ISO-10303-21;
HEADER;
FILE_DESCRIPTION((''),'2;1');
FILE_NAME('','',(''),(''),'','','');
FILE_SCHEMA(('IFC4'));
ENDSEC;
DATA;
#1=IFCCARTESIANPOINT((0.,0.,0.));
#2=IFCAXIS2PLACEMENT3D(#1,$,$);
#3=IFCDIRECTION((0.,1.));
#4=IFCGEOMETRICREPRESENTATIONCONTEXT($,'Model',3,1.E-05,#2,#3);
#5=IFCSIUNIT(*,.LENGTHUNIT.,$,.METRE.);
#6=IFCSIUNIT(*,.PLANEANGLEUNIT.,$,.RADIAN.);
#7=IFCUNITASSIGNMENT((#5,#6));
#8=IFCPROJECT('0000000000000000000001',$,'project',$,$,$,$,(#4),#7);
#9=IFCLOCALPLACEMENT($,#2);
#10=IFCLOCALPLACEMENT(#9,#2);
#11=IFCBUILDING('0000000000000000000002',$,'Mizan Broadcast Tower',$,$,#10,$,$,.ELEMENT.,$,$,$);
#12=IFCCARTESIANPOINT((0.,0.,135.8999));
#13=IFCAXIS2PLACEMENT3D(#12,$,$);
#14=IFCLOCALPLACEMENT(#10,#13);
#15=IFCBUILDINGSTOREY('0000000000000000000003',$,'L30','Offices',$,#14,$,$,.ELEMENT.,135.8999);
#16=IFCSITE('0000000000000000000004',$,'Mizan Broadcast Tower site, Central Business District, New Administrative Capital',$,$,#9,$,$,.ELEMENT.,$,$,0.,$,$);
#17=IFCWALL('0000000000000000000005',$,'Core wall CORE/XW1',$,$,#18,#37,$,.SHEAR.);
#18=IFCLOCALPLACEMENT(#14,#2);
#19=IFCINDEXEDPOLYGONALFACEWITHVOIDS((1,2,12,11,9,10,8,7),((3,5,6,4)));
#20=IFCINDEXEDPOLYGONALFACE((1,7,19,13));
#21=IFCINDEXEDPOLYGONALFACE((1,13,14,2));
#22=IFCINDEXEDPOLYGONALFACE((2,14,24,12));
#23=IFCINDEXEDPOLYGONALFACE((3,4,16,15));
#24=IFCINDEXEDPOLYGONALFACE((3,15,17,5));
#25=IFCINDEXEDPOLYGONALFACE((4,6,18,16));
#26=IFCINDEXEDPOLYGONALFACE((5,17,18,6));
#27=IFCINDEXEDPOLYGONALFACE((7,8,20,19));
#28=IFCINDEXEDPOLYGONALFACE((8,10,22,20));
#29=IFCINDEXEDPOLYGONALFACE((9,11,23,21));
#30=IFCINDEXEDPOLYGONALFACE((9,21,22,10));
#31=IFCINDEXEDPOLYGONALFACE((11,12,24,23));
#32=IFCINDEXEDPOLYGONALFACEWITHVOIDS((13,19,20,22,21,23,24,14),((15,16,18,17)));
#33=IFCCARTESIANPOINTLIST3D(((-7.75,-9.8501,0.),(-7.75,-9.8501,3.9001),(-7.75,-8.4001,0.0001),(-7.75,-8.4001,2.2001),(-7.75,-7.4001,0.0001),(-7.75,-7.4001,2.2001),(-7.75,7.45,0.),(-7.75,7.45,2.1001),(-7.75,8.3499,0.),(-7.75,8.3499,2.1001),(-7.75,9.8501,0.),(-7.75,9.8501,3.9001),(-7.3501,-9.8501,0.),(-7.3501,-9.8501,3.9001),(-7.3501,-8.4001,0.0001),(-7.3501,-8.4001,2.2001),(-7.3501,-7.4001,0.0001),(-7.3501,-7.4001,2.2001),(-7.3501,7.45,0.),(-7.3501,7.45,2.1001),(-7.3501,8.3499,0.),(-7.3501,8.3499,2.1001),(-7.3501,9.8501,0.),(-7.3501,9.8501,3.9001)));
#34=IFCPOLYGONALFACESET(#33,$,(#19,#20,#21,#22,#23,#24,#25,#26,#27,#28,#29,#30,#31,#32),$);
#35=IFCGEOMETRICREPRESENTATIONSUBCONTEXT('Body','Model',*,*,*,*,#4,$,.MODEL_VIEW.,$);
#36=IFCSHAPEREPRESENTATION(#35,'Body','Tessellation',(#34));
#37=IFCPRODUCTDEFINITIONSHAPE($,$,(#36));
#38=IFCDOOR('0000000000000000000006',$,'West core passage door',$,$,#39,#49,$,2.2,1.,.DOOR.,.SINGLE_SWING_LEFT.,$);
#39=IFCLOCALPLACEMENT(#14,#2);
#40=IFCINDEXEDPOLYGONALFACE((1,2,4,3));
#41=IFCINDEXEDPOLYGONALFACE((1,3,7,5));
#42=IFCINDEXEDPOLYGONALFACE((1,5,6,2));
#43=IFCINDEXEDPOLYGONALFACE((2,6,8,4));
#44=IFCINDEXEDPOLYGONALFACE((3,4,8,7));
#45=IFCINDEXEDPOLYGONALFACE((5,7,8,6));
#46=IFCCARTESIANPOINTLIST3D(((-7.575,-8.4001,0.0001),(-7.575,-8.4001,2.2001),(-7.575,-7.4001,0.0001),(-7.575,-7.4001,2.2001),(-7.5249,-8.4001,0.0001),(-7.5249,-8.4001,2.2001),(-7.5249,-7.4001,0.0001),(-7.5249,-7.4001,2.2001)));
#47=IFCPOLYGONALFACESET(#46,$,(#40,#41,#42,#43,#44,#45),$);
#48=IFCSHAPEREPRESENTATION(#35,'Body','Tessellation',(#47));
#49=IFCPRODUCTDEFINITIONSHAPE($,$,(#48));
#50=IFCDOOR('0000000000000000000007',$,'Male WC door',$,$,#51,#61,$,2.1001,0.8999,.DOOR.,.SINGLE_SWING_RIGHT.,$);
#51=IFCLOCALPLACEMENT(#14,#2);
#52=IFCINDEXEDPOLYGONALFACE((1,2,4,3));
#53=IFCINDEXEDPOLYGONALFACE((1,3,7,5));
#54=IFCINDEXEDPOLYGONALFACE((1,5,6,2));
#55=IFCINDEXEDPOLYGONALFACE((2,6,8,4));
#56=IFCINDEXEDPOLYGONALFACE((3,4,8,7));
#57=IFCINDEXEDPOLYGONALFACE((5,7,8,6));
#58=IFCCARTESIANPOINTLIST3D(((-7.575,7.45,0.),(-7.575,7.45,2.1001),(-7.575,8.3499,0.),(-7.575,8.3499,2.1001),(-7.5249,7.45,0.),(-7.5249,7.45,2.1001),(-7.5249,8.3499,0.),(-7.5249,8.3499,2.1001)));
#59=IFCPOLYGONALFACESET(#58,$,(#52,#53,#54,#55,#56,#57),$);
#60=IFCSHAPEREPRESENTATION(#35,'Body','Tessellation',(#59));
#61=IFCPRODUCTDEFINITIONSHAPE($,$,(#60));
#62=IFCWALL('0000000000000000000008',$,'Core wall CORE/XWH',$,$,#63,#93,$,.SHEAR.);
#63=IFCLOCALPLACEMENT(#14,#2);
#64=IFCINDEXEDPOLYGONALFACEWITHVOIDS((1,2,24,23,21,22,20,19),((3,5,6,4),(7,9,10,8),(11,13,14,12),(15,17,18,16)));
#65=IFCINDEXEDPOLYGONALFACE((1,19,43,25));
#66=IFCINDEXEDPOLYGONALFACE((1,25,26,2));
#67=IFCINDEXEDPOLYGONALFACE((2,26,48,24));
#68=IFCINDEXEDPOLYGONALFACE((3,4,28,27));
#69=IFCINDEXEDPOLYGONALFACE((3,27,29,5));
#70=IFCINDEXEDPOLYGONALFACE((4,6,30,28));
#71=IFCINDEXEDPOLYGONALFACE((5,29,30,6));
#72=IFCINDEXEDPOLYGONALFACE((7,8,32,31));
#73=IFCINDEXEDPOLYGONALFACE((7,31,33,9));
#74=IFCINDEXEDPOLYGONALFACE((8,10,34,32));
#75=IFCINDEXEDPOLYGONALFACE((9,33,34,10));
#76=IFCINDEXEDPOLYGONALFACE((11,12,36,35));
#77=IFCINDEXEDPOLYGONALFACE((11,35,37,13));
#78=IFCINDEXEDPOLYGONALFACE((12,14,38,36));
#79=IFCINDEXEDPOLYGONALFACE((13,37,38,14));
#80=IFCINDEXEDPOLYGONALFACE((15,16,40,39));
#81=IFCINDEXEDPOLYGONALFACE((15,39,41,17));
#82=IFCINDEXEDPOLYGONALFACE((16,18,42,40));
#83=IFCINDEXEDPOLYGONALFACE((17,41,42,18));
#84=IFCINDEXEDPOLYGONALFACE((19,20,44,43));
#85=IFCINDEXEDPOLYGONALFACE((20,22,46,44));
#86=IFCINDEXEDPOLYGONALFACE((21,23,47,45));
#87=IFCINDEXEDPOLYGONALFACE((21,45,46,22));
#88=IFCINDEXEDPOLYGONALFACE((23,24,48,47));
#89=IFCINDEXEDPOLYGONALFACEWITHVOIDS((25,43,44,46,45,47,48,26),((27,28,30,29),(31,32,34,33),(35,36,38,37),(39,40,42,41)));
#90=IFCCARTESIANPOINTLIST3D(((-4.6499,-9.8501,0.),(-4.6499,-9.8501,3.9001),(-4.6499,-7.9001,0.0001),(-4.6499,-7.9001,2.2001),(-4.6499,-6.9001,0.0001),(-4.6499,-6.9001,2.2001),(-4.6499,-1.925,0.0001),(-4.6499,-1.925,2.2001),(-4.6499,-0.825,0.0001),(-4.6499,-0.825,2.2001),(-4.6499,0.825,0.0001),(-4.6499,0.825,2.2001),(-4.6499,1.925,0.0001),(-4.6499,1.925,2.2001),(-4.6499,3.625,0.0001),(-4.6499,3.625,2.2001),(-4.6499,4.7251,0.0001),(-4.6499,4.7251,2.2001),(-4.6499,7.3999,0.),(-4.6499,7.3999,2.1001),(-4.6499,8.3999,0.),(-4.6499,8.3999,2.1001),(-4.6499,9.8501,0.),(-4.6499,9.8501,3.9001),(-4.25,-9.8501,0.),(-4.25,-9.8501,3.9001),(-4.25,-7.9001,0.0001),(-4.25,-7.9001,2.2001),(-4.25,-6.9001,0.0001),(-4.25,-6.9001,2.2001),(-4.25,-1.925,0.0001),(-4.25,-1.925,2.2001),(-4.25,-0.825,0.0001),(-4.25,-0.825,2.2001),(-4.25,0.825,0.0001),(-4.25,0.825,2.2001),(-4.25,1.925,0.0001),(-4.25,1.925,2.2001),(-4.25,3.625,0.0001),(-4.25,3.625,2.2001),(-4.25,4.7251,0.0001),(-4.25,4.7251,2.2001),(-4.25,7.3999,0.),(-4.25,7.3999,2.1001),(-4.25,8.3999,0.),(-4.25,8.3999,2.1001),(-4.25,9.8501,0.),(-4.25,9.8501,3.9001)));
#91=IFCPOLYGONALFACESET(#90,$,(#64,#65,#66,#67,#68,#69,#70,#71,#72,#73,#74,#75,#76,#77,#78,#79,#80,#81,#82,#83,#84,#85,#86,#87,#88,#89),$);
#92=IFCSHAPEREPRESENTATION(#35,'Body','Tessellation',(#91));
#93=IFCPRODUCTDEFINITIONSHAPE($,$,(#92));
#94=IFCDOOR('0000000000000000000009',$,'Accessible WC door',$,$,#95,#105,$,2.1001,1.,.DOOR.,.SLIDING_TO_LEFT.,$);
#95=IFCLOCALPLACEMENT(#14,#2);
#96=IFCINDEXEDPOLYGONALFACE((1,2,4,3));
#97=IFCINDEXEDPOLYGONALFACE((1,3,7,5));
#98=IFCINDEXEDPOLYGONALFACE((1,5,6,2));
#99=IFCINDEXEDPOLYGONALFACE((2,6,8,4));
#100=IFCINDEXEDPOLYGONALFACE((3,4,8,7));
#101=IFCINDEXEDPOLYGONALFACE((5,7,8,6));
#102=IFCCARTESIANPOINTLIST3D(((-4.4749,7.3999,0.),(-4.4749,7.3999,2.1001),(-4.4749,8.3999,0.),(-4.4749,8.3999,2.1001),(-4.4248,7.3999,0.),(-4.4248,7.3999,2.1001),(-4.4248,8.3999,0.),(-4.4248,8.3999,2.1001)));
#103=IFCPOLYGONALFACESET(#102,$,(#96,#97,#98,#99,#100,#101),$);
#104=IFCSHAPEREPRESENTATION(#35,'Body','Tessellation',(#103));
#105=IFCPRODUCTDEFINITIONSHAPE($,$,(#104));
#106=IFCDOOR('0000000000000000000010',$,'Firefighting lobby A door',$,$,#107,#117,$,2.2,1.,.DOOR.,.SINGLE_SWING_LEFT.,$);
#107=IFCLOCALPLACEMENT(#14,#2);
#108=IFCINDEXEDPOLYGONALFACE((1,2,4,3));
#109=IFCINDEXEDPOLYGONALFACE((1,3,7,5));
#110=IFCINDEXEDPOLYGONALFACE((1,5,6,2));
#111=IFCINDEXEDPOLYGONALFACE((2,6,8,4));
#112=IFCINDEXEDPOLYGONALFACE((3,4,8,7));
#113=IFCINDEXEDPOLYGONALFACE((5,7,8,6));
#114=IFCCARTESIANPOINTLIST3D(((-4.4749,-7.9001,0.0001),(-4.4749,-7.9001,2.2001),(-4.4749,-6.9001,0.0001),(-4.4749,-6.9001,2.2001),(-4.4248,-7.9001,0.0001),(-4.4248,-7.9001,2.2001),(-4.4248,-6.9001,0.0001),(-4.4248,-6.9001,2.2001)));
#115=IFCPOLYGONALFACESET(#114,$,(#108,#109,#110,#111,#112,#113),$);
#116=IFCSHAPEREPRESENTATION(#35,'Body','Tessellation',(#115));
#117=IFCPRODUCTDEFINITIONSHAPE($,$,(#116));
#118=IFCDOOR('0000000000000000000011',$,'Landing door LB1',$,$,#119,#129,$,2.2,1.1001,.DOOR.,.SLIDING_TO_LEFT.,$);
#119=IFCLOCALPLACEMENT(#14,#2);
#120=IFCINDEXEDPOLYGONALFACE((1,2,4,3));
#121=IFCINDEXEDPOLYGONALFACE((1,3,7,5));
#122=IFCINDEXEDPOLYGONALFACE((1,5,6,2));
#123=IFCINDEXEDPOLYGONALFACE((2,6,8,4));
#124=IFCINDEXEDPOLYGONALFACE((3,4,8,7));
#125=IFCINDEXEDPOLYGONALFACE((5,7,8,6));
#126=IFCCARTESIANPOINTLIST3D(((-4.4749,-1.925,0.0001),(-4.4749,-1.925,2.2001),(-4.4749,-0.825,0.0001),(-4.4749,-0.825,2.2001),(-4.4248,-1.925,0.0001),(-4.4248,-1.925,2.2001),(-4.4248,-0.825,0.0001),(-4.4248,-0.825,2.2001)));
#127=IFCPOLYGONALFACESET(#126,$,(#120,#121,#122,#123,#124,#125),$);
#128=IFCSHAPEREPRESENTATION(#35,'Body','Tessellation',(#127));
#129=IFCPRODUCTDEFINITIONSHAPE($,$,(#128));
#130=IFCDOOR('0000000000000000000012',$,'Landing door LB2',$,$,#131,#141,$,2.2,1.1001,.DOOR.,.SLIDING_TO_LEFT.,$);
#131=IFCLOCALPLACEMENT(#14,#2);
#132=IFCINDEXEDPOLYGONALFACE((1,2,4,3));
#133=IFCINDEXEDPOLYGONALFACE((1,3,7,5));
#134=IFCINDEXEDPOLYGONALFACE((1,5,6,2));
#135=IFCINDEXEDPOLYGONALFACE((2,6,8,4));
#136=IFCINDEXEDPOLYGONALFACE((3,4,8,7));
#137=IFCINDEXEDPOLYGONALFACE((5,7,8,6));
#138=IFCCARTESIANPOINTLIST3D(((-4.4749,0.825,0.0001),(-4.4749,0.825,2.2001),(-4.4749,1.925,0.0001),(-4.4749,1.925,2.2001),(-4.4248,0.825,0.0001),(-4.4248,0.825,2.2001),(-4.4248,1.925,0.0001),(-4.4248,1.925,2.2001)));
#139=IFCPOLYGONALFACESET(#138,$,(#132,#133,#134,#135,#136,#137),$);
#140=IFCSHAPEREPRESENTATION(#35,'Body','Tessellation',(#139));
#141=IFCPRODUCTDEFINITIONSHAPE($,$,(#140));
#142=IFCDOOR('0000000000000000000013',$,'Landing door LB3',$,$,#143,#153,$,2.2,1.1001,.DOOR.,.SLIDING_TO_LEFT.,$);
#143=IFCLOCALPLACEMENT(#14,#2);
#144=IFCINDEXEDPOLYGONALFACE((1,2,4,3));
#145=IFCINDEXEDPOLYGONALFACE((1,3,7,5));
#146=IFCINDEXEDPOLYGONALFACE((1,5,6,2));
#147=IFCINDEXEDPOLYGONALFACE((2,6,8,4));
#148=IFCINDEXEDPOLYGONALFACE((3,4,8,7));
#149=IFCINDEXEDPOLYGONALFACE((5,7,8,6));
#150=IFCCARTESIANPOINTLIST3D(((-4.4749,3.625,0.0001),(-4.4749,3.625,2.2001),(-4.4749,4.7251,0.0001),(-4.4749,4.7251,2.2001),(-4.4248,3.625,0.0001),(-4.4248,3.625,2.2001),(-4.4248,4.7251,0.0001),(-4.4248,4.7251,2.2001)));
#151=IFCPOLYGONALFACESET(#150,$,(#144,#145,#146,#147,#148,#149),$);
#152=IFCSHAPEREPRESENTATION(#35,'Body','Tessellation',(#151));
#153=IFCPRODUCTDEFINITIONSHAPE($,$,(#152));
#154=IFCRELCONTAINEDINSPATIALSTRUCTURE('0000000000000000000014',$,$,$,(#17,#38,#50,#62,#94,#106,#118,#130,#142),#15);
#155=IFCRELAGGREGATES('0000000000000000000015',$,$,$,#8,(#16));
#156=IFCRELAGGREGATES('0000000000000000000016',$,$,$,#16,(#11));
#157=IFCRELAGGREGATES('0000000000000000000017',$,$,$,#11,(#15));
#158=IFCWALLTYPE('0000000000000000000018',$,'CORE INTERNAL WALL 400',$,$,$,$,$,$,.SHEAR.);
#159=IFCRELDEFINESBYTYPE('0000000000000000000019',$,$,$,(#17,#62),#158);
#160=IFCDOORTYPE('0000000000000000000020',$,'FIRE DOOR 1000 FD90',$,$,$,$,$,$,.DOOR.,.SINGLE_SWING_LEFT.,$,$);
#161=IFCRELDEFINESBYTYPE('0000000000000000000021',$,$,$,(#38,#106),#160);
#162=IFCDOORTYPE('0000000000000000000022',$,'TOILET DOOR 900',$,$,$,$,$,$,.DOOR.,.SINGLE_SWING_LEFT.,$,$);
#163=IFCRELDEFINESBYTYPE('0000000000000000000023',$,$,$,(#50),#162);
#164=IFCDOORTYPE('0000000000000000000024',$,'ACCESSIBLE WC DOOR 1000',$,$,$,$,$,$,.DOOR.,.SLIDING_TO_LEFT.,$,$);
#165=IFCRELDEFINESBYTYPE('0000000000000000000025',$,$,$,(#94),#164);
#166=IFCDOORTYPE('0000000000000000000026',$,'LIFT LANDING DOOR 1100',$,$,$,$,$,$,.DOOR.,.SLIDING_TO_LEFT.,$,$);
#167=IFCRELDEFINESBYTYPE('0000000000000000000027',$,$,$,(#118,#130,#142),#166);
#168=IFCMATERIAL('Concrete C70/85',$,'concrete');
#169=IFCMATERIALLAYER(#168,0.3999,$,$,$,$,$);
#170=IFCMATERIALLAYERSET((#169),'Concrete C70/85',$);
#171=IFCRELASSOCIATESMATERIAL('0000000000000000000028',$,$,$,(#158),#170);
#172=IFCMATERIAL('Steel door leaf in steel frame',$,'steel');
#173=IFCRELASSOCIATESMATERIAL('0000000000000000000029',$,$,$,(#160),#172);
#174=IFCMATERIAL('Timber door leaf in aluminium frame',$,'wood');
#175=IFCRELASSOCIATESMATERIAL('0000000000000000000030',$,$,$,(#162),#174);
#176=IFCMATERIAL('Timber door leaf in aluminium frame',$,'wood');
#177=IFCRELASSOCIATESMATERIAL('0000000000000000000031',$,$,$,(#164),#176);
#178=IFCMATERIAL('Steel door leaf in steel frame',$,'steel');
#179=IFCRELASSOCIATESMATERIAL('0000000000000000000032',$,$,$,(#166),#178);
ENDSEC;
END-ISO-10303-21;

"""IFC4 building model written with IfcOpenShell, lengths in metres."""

from ifc_helpers import new_model, si_unit, direction, frame, frame_2d, origin, place, context, subcontext, project, spatial, rectangle, extrude, material, layer, layer_set, type_object, element, fill, save


model = new_model("IFC4")

# Units and contexts
model_context = context("Model", 3, precision=1e-05, world=origin(), true_north=direction((0.0, 1.0)))
body_context = subcontext(model_context, "Body", "Model", "MODEL_VIEW")
ifc_project = project(units=[si_unit("LENGTHUNIT", "METRE"), si_unit("PLANEANGLEUNIT", "RADIAN")], contexts=[model_context])

# Site, building, storey
site_placement = place(None, origin())
site = spatial("IfcSite", under=ifc_project, at=site_placement, Name="Mizan Broadcast Tower site, Central Business District, New Administrative Capital", CompositionType="ELEMENT", RefElevation=0.0)
building_placement = place(site_placement, origin())
building = spatial("IfcBuilding", under=site, at=building_placement, Name="Mizan Broadcast Tower", CompositionType="ELEMENT")
storey_placement = place(building_placement, frame((0.0, 0.0, 135.8999)))
storey = spatial("IfcBuildingStorey", under=building, at=storey_placement, Name="L30", Description="Offices", CompositionType="ELEMENT", Elevation=135.8999)

# Walls, openings, doors
ifc_material_1 = material(Name="Concrete C70/85", Category="concrete")
ifc_layer_1 = layer(ifc_material_1, 0.3999)
ifc_layer_set_1 = layer_set([ifc_layer_1], Name="Concrete C70/85")
wall_type_1 = type_object("IfcWallType", Name="CORE INTERNAL WALL 400", PredefinedType="SHEAR", material=ifc_layer_set_1)
wall_1_placement = place(storey_placement, frame((-7.55, -9.8501, 0.0), z_axis=(0.0, 0.0, 1.0), x_axis=(0.0, 1.0, 0.0)))
wall_1 = element("IfcWall", 1, at=wall_1_placement, inside=storey, type_object=wall_type_1, Name="Core wall CORE/XW1", PredefinedType="SHEAR", context=body_context, shape_type="SweptSolid", body=[
    extrude(rectangle(XDim=19.7002, YDim=0.3999, at=frame_2d((9.8501, 0.0))), origin(), (0.0, 0.0, 1.0), 3.9001),
])
opening_1_placement = place(wall_1_placement, frame((1.45, 0.0, 0.0)))
opening_1 = element("IfcOpeningElement", 2, at=opening_1_placement, cuts=wall_1, PredefinedType="OPENING", context=body_context, shape_type="SweptSolid", body=[
    extrude(rectangle(XDim=1.0, YDim=2.2, at=frame_2d((0.5, 1.1001))), frame((0.0, 0.21, 0.0), z_axis=(0.0, -1.0, 0.0), x_axis=(1.0, 0.0, 0.0)), (0.0, 0.0, 1.0), 0.4199),
])
opening_2_placement = place(wall_1_placement, frame((17.3, 0.0, 0.0)))
opening_2 = element("IfcOpeningElement", 3, at=opening_2_placement, cuts=wall_1, PredefinedType="OPENING", context=body_context, shape_type="SweptSolid", body=[
    extrude(rectangle(XDim=0.8999, YDim=2.1001, at=frame_2d((0.45, 1.05))), frame((0.0, 0.21, 0.0), z_axis=(0.0, -1.0, 0.0), x_axis=(1.0, 0.0, 0.0)), (0.0, 0.0, 1.0), 0.4199),
])
ifc_material_2 = material(Name="Steel door leaf in steel frame", Category="steel")
door_type_1 = type_object("IfcDoorType", Name="FIRE DOOR 1000 FD90", OperationType="SINGLE_SWING_LEFT", PredefinedType="DOOR", material=ifc_material_2)
door_1_placement = place(opening_1_placement, origin())
door_1 = element("IfcDoor", 4, at=door_1_placement, inside=storey, type_object=door_type_1, Name="West core passage door", OperationType="SINGLE_SWING_LEFT", OverallHeight=2.2, OverallWidth=1.0, PredefinedType="DOOR", context=body_context, shape_type="SweptSolid", body=[
    extrude(rectangle(XDim=1.0, YDim=2.2, at=frame_2d((0.5, 1.1001))), frame((0.0, 0.0249, 0.0), z_axis=(0.0, -1.0, 0.0), x_axis=(1.0, 0.0, 0.0)), (0.0, 0.0, 1.0), 0.05),
])
fill(opening_1, door_1)
ifc_material_3 = material(Name="Timber door leaf in aluminium frame", Category="wood")
door_type_2 = type_object("IfcDoorType", Name="TOILET DOOR 900", OperationType="SINGLE_SWING_LEFT", PredefinedType="DOOR", material=ifc_material_3)
door_2_placement = place(opening_2_placement, origin())
door_2 = element("IfcDoor", 5, at=door_2_placement, inside=storey, type_object=door_type_2, Name="Male WC door", OperationType="SINGLE_SWING_RIGHT", OverallHeight=2.1001, OverallWidth=0.8999, PredefinedType="DOOR", context=body_context, shape_type="SweptSolid", body=[
    extrude(rectangle(XDim=0.8999, YDim=2.1001, at=frame_2d((0.45, 1.05))), frame((0.0, 0.0249, 0.0), z_axis=(0.0, -1.0, 0.0), x_axis=(1.0, 0.0, 0.0)), (0.0, 0.0, 1.0), 0.05),
])
fill(opening_2, door_2)
wall_2_placement = place(storey_placement, frame((-4.45, -9.8501, 0.0), z_axis=(0.0, 0.0, 1.0), x_axis=(0.0, 1.0, 0.0)))
wall_2 = element("IfcWall", 6, at=wall_2_placement, inside=storey, type_object=wall_type_1, Name="Core wall CORE/XWH", PredefinedType="SHEAR", context=body_context, shape_type="SweptSolid", body=[
    extrude(rectangle(XDim=19.7002, YDim=0.3999, at=frame_2d((9.8501, 0.0))), origin(), (0.0, 0.0, 1.0), 3.9001),
])
opening_3_placement = place(wall_2_placement, frame((1.95, 0.0, 0.0)))
opening_3 = element("IfcOpeningElement", 7, at=opening_3_placement, cuts=wall_2, PredefinedType="OPENING", context=body_context, shape_type="SweptSolid", body=[
    extrude(rectangle(XDim=1.0, YDim=2.2, at=frame_2d((0.5, 1.1001))), frame((0.0, 0.21, 0.0), z_axis=(0.0, -1.0, 0.0), x_axis=(1.0, 0.0, 0.0)), (0.0, 0.0, 1.0), 0.4199),
])
opening_4_placement = place(wall_2_placement, frame((17.25, 0.0, 0.0)))
opening_4 = element("IfcOpeningElement", 8, at=opening_4_placement, cuts=wall_2, PredefinedType="OPENING", context=body_context, shape_type="SweptSolid", body=[
    extrude(rectangle(XDim=1.0, YDim=2.1001, at=frame_2d((0.5, 1.05))), frame((0.0, 0.21, 0.0), z_axis=(0.0, -1.0, 0.0), x_axis=(1.0, 0.0, 0.0)), (0.0, 0.0, 1.0), 0.4199),
])
opening_5_placement = place(wall_2_placement, frame((7.925, 0.0, 0.0)))
opening_5 = element("IfcOpeningElement", 9, at=opening_5_placement, cuts=wall_2, PredefinedType="OPENING", context=body_context, shape_type="SweptSolid", body=[
    extrude(rectangle(XDim=1.1001, YDim=2.2, at=frame_2d((0.55, 1.1001))), frame((0.0, 0.21, 0.0), z_axis=(0.0, -1.0, 0.0), x_axis=(1.0, 0.0, 0.0)), (0.0, 0.0, 1.0), 0.4199),
])
opening_6_placement = place(wall_2_placement, frame((10.675, 0.0, 0.0)))
opening_6 = element("IfcOpeningElement", 10, at=opening_6_placement, cuts=wall_2, PredefinedType="OPENING", context=body_context, shape_type="SweptSolid", body=[
    extrude(rectangle(XDim=1.1001, YDim=2.2, at=frame_2d((0.55, 1.1001))), frame((0.0, 0.21, 0.0), z_axis=(0.0, -1.0, 0.0), x_axis=(1.0, 0.0, 0.0)), (0.0, 0.0, 1.0), 0.4199),
])
opening_7_placement = place(wall_2_placement, frame((13.4751, 0.0, 0.0)))
opening_7 = element("IfcOpeningElement", 11, at=opening_7_placement, cuts=wall_2, PredefinedType="OPENING", context=body_context, shape_type="SweptSolid", body=[
    extrude(rectangle(XDim=1.1001, YDim=2.2, at=frame_2d((0.55, 1.1001))), frame((0.0, 0.21, 0.0), z_axis=(0.0, -1.0, 0.0), x_axis=(1.0, 0.0, 0.0)), (0.0, 0.0, 1.0), 0.4199),
])
ifc_material_4 = material(Name="Timber door leaf in aluminium frame", Category="wood")
door_type_3 = type_object("IfcDoorType", Name="ACCESSIBLE WC DOOR 1000", OperationType="SLIDING_TO_LEFT", PredefinedType="DOOR", material=ifc_material_4)
door_3_placement = place(opening_4_placement, origin())
door_3 = element("IfcDoor", 12, at=door_3_placement, inside=storey, type_object=door_type_3, Name="Accessible WC door", OperationType="SLIDING_TO_LEFT", OverallHeight=2.1001, OverallWidth=1.0, PredefinedType="DOOR", context=body_context, shape_type="SweptSolid", body=[
    extrude(rectangle(XDim=1.0, YDim=2.1001, at=frame_2d((0.5, 1.05))), frame((0.0, 0.0249, 0.0), z_axis=(0.0, -1.0, 0.0), x_axis=(1.0, 0.0, 0.0)), (0.0, 0.0, 1.0), 0.05),
])
fill(opening_4, door_3)
door_4_placement = place(opening_3_placement, origin())
door_4 = element("IfcDoor", 13, at=door_4_placement, inside=storey, type_object=door_type_1, Name="Firefighting lobby A door", OperationType="SINGLE_SWING_LEFT", OverallHeight=2.2, OverallWidth=1.0, PredefinedType="DOOR", context=body_context, shape_type="SweptSolid", body=[
    extrude(rectangle(XDim=1.0, YDim=2.2, at=frame_2d((0.5, 1.1001))), frame((0.0, 0.0249, 0.0), z_axis=(0.0, -1.0, 0.0), x_axis=(1.0, 0.0, 0.0)), (0.0, 0.0, 1.0), 0.05),
])
fill(opening_3, door_4)
ifc_material_5 = material(Name="Steel door leaf in steel frame", Category="steel")
door_type_4 = type_object("IfcDoorType", Name="LIFT LANDING DOOR 1100", OperationType="SLIDING_TO_LEFT", PredefinedType="DOOR", material=ifc_material_5)
door_5_placement = place(opening_5_placement, origin())
door_5 = element("IfcDoor", 14, at=door_5_placement, inside=storey, type_object=door_type_4, Name="Landing door LB1", OperationType="SLIDING_TO_LEFT", OverallHeight=2.2, OverallWidth=1.1001, PredefinedType="DOOR", context=body_context, shape_type="SweptSolid", body=[
    extrude(rectangle(XDim=1.1001, YDim=2.2, at=frame_2d((0.55, 1.1001))), frame((0.0, 0.0249, 0.0), z_axis=(0.0, -1.0, 0.0), x_axis=(1.0, 0.0, 0.0)), (0.0, 0.0, 1.0), 0.05),
])
fill(opening_5, door_5)
door_6_placement = place(opening_6_placement, origin())
door_6 = element("IfcDoor", 15, at=door_6_placement, inside=storey, type_object=door_type_4, Name="Landing door LB2", OperationType="SLIDING_TO_LEFT", OverallHeight=2.2, OverallWidth=1.1001, PredefinedType="DOOR", context=body_context, shape_type="SweptSolid", body=[
    extrude(rectangle(XDim=1.1001, YDim=2.2, at=frame_2d((0.55, 1.1001))), frame((0.0, 0.0249, 0.0), z_axis=(0.0, -1.0, 0.0), x_axis=(1.0, 0.0, 0.0)), (0.0, 0.0, 1.0), 0.05),
])
fill(opening_6, door_6)
door_7_placement = place(opening_7_placement, origin())
door_7 = element("IfcDoor", 16, at=door_7_placement, inside=storey, type_object=door_type_4, Name="Landing door LB3", OperationType="SLIDING_TO_LEFT", OverallHeight=2.2, OverallWidth=1.1001, PredefinedType="DOOR", context=body_context, shape_type="SweptSolid", body=[
    extrude(rectangle(XDim=1.1001, YDim=2.2, at=frame_2d((0.55, 1.1001))), frame((0.0, 0.0249, 0.0), z_axis=(0.0, -1.0, 0.0), x_axis=(1.0, 0.0, 0.0)), (0.0, 0.0, 1.0), 0.05),
])
fill(opening_7, door_7)

save(model, "model.ifc")
